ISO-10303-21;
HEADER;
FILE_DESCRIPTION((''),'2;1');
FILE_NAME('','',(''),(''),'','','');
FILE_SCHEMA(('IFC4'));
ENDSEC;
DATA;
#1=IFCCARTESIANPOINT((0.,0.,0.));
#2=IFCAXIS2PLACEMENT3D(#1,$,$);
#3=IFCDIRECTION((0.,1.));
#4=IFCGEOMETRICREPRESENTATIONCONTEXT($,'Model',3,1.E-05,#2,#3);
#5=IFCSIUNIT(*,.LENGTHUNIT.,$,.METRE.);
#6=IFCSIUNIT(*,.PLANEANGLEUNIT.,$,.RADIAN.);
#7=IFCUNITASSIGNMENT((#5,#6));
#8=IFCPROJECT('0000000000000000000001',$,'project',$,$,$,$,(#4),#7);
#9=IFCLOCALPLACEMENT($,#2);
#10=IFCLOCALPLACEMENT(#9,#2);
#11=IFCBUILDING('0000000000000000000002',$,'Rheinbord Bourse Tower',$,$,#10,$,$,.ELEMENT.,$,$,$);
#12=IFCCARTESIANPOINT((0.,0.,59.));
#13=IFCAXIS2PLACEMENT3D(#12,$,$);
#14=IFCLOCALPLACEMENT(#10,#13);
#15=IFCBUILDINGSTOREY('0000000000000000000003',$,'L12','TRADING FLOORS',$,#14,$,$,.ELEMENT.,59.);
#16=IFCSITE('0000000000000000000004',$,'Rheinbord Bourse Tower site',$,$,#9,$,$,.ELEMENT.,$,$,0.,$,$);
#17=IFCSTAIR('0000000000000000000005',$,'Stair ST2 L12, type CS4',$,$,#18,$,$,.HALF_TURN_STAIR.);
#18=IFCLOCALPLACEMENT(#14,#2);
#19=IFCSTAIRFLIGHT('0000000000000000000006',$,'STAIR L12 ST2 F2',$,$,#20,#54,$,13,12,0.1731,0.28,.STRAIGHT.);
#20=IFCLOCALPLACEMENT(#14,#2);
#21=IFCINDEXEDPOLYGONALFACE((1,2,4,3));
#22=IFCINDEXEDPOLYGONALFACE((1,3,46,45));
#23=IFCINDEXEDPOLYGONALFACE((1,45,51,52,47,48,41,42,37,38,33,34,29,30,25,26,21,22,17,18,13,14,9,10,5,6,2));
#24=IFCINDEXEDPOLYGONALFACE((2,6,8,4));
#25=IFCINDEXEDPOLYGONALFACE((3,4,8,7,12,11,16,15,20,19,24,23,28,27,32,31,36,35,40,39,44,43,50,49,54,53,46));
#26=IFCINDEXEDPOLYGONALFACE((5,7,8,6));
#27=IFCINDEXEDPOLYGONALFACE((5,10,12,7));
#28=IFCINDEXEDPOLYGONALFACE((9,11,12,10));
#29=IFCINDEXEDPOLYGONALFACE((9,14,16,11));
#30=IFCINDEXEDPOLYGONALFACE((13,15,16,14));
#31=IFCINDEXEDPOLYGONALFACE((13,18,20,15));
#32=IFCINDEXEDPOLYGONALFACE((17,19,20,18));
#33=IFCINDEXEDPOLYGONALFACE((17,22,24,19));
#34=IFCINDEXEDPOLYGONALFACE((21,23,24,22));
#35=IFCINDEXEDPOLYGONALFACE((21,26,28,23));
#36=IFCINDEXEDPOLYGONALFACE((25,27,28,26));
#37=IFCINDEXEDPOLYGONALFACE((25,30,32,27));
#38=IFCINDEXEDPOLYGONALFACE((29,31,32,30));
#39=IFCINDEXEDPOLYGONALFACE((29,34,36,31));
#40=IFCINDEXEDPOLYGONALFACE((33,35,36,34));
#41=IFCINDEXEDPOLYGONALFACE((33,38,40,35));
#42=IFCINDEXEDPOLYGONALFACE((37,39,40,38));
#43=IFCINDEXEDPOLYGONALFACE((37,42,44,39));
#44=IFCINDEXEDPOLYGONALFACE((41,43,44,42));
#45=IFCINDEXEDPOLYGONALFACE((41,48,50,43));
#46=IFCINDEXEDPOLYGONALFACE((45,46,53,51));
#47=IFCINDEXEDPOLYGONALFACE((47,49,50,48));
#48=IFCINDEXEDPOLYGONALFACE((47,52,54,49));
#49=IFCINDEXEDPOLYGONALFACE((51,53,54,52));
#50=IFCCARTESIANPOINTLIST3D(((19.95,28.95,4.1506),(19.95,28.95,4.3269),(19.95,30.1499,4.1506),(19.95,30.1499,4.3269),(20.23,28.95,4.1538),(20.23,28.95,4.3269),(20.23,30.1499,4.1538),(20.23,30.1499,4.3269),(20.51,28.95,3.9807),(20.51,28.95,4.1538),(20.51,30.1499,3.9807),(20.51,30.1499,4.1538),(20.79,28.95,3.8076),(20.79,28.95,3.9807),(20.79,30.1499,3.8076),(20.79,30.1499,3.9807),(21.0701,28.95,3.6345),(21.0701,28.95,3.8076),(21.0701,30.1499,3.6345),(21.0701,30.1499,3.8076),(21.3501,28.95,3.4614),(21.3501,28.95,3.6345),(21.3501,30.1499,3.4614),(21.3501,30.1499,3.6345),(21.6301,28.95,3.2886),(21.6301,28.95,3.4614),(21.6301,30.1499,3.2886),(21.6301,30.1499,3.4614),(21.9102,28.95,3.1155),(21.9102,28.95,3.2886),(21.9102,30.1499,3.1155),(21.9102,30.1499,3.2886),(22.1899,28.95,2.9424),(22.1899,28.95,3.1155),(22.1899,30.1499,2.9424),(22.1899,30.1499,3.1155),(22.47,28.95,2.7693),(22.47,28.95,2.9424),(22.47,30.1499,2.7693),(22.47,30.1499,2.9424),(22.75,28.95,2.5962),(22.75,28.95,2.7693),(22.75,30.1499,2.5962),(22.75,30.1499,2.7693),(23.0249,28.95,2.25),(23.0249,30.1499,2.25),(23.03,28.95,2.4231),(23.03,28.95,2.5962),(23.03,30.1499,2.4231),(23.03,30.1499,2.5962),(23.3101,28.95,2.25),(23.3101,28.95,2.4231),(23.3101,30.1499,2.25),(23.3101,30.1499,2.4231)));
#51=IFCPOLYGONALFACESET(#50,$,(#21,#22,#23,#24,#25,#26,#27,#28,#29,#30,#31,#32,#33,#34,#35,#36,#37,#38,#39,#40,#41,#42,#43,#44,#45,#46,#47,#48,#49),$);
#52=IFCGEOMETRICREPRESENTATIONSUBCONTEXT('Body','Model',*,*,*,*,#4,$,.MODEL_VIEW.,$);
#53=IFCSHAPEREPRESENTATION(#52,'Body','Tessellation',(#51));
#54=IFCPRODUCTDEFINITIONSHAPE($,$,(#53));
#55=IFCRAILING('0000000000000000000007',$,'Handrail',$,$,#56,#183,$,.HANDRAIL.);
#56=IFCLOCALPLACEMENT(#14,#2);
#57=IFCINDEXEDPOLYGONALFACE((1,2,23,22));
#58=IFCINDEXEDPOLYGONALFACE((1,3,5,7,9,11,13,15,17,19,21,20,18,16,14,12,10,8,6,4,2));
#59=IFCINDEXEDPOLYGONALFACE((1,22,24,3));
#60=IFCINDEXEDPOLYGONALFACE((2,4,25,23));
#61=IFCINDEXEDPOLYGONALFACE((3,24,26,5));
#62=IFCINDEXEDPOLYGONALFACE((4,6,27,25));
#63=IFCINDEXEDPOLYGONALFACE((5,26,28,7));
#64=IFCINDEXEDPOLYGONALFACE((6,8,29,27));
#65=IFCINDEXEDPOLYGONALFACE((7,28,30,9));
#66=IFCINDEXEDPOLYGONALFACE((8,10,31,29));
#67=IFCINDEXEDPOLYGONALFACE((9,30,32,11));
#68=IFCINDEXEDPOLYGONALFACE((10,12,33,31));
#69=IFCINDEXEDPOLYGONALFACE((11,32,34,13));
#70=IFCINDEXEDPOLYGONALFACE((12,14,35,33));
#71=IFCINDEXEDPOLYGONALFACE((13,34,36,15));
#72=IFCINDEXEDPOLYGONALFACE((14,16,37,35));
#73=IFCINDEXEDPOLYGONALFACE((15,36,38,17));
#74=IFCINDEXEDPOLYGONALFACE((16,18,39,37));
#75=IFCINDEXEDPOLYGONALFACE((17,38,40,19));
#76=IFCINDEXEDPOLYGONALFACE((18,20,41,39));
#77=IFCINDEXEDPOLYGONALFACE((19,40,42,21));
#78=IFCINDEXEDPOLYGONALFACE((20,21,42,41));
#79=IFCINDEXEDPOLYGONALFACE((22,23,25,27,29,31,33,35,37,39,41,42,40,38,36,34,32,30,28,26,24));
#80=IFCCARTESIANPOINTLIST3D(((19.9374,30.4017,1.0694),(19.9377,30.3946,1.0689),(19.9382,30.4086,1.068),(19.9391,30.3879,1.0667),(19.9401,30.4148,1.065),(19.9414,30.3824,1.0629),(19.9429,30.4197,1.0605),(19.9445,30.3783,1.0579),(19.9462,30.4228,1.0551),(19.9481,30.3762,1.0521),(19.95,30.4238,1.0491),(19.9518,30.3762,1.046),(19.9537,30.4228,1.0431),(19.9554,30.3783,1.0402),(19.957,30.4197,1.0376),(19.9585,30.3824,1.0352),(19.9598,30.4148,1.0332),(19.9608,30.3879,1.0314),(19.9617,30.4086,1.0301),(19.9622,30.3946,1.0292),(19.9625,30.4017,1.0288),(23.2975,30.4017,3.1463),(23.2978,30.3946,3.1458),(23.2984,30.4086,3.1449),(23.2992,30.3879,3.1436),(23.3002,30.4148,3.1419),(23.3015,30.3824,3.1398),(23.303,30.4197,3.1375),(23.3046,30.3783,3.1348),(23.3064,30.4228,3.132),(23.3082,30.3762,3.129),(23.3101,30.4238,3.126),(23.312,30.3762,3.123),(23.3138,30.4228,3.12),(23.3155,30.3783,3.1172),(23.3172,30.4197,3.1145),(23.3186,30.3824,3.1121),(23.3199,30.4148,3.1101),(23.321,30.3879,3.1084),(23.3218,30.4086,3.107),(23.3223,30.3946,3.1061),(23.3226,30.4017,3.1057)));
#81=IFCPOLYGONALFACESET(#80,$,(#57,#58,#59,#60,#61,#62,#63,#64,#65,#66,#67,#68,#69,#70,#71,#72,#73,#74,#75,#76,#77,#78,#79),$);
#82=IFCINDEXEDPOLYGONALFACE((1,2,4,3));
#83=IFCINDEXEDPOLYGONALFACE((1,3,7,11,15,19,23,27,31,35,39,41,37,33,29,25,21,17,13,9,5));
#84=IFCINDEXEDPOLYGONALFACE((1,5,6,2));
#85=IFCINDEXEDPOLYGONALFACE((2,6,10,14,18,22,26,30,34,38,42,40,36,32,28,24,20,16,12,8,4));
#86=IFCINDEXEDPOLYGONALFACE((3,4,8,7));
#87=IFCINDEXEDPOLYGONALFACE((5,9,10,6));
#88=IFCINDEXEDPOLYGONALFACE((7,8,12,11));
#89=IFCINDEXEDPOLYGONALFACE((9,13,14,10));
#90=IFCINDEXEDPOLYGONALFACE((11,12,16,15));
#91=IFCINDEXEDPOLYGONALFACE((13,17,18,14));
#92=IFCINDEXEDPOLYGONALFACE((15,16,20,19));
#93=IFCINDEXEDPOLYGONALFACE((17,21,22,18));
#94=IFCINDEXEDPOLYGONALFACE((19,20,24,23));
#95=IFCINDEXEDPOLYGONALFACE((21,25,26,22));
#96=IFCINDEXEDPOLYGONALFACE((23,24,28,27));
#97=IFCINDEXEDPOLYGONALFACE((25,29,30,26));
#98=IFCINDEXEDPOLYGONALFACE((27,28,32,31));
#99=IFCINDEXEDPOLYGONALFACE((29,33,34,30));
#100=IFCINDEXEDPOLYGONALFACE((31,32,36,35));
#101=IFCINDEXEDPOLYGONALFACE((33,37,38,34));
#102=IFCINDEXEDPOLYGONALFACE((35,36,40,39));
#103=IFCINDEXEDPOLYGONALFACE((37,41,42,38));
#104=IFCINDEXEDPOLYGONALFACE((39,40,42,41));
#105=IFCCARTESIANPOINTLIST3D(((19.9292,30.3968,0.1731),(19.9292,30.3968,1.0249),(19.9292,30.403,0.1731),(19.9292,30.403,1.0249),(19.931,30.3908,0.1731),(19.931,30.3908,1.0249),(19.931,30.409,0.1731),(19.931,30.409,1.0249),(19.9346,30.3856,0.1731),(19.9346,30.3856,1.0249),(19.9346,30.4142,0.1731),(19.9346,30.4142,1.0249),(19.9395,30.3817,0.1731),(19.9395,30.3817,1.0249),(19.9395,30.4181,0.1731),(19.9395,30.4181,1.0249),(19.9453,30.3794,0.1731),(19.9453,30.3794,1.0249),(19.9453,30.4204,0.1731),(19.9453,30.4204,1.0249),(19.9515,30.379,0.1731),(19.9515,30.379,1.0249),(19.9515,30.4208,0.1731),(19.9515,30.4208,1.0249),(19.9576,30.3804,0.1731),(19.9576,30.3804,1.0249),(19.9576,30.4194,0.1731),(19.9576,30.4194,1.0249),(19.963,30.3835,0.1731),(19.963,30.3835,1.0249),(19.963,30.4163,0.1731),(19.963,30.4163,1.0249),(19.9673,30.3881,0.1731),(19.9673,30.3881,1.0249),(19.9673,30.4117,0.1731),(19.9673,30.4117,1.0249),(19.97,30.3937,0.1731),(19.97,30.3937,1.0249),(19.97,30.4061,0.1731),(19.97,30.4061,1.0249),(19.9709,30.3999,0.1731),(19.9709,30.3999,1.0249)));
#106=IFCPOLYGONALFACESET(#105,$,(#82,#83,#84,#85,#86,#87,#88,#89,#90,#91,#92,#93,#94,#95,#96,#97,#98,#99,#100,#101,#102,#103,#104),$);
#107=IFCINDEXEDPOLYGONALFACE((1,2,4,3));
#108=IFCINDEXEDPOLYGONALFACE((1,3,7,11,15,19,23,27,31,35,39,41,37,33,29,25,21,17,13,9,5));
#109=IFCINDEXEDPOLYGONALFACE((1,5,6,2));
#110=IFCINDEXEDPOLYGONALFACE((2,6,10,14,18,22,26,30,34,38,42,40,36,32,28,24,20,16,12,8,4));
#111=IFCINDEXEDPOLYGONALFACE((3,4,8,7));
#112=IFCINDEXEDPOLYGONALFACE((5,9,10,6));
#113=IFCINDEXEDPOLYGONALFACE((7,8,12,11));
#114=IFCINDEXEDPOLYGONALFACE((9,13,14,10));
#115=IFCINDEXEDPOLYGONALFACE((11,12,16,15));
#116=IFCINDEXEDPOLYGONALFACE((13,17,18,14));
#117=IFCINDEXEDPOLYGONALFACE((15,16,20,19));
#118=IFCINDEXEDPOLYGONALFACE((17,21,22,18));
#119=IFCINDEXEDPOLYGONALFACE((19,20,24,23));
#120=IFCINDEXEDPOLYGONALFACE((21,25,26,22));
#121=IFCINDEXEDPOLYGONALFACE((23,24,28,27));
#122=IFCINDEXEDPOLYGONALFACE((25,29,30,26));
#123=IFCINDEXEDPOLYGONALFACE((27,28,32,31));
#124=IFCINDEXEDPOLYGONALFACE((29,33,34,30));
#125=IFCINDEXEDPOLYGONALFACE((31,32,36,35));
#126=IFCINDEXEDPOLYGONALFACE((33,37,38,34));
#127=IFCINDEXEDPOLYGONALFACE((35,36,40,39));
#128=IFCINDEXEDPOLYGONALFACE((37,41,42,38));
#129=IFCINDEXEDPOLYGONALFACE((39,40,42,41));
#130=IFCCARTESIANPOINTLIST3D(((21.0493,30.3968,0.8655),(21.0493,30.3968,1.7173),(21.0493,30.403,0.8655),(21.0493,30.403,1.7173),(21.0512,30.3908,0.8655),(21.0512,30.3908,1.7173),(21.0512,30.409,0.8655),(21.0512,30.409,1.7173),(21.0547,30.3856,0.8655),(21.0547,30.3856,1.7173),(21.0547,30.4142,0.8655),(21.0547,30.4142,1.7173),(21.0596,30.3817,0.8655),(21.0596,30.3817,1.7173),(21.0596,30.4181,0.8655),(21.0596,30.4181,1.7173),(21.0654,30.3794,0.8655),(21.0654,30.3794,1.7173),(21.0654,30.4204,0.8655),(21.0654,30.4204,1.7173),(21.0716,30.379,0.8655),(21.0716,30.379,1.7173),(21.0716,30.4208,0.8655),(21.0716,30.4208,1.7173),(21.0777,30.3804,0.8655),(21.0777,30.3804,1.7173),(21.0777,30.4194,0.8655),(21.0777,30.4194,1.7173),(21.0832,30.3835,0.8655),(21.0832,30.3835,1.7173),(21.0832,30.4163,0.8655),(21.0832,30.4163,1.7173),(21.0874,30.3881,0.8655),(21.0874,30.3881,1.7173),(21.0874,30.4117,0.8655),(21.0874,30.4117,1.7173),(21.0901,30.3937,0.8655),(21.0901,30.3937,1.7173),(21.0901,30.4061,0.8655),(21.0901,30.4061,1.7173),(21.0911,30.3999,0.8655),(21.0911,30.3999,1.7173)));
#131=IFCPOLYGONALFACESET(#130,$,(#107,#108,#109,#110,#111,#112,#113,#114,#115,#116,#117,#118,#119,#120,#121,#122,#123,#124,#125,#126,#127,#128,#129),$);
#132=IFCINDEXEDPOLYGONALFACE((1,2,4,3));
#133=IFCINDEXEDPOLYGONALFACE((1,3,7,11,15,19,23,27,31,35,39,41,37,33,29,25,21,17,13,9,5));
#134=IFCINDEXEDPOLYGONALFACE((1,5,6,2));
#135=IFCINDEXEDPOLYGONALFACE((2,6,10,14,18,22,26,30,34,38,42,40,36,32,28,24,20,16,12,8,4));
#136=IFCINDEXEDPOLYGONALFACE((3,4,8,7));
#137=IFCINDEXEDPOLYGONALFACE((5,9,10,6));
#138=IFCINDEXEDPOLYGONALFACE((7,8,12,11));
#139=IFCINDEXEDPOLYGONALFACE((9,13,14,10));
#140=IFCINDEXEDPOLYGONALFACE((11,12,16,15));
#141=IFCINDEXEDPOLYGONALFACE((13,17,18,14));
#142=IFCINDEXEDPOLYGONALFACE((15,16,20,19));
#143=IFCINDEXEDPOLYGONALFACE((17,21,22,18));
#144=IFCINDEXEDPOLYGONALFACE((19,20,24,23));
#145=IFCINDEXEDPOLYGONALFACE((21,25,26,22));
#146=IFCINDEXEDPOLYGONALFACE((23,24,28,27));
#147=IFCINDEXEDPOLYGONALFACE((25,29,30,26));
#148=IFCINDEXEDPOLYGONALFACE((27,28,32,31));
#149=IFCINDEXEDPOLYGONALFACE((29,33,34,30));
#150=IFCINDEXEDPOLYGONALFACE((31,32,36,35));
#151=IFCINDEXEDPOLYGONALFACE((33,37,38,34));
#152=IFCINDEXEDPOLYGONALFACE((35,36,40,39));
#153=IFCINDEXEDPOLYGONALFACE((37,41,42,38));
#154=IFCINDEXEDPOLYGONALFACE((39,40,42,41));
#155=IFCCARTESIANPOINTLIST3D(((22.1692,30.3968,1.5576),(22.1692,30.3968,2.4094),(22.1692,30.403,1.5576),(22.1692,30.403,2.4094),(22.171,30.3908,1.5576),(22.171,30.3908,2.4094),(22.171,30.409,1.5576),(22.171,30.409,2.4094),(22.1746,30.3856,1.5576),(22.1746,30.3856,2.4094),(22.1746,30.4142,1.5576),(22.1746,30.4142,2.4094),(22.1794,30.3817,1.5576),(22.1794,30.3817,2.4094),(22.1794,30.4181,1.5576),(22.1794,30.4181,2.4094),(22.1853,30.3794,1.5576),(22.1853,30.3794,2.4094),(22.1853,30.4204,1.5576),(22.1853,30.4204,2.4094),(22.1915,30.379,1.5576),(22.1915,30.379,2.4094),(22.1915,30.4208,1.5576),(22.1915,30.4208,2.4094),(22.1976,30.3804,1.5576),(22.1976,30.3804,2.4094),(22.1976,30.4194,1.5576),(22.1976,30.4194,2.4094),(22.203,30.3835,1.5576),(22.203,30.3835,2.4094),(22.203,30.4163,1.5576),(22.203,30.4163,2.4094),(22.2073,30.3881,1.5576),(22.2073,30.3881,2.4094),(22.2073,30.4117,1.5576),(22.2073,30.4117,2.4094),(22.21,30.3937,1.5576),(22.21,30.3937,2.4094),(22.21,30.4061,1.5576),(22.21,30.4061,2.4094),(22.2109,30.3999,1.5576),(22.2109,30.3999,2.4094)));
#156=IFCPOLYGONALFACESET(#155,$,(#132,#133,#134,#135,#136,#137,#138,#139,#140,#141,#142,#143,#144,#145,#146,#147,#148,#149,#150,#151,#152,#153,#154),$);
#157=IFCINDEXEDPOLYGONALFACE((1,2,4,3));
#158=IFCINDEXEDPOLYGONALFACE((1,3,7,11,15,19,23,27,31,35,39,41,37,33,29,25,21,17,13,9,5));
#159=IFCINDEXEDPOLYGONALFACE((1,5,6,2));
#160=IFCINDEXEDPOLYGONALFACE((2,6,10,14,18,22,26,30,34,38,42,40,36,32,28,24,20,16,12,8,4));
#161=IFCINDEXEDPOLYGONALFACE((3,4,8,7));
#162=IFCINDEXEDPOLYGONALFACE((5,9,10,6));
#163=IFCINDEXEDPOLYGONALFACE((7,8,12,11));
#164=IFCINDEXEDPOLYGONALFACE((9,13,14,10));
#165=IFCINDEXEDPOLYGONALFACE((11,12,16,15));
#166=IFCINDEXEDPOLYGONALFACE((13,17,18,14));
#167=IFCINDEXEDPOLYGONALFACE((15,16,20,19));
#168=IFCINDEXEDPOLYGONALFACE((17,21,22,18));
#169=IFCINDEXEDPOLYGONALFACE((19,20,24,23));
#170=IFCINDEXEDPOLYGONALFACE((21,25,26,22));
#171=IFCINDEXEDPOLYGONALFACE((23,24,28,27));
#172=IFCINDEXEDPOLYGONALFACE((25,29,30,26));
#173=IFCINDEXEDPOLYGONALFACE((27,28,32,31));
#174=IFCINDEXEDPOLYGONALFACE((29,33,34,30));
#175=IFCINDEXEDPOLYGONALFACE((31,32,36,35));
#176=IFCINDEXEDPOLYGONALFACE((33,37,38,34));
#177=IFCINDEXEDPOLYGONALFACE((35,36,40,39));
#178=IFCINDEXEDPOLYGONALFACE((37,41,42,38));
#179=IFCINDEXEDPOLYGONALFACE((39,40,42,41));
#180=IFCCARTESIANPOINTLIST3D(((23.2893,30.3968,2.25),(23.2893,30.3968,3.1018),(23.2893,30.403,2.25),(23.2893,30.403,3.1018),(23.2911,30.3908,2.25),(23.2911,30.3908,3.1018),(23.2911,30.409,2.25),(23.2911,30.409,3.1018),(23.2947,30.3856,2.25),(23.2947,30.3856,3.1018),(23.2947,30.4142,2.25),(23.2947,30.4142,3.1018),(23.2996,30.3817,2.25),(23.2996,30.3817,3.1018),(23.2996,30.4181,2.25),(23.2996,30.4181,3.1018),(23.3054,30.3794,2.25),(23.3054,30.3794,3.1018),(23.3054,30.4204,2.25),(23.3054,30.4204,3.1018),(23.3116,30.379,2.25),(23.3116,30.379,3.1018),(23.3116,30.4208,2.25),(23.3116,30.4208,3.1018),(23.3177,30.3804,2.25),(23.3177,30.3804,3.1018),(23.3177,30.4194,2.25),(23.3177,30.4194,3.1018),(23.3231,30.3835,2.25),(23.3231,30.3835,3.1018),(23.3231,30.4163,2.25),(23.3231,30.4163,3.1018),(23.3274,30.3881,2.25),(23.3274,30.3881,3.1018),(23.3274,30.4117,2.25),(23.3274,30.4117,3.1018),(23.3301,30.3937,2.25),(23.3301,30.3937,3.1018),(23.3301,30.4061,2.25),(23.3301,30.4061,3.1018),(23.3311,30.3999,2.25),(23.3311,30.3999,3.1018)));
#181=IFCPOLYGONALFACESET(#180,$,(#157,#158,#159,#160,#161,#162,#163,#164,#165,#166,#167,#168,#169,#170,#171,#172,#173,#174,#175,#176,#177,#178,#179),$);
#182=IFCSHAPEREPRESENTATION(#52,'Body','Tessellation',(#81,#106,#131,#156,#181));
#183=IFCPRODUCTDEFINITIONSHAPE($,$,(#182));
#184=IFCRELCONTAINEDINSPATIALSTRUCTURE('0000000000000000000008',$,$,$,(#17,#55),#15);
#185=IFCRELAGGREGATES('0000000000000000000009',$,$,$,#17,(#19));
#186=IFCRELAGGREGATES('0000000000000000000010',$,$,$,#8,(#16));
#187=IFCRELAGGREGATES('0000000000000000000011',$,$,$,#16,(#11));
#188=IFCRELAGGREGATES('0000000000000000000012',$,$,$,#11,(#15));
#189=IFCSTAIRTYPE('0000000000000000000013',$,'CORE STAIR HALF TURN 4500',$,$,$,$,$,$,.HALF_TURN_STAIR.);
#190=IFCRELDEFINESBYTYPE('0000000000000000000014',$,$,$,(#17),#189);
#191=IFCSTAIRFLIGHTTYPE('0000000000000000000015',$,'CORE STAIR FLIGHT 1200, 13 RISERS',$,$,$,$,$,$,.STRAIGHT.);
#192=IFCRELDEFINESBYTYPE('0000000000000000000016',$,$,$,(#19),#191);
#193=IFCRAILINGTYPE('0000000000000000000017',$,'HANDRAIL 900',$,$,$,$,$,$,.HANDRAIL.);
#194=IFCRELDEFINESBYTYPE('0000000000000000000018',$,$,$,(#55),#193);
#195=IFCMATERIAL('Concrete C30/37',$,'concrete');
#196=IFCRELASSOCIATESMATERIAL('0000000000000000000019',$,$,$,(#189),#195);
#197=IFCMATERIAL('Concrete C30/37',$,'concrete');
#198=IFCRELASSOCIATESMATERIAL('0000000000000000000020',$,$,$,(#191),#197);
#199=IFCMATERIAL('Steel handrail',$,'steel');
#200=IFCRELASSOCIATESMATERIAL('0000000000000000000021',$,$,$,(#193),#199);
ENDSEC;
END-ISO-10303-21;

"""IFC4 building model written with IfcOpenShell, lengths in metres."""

from ifc_helpers import new_model, si_unit, direction, frame, origin, origin_2d, place, context, subcontext, project, spatial, polyline, circle, outline, extrude, material, type_object, element, aggregate, save


model = new_model("IFC4")

# Units and contexts
model_context = context("Model", 3, precision=1e-05, world=origin(), true_north=direction((0.0, 1.0)))
body_context = subcontext(model_context, "Body", "Model", "MODEL_VIEW")
ifc_project = project(units=[si_unit("LENGTHUNIT", "METRE"), si_unit("PLANEANGLEUNIT", "RADIAN")], contexts=[model_context])

# Site, building, storey
site_placement = place(None, origin())
site = spatial("IfcSite", under=ifc_project, at=site_placement, Name="Rheinbord Bourse Tower site", CompositionType="ELEMENT", RefElevation=0.0)
building_placement = place(site_placement, origin())
building = spatial("IfcBuilding", under=site, at=building_placement, Name="Rheinbord Bourse Tower", CompositionType="ELEMENT")
storey_placement = place(building_placement, frame((0.0, 0.0, 59.0)))
storey = spatial("IfcBuildingStorey", under=building, at=storey_placement, Name="L12", Description="TRADING FLOORS", CompositionType="ELEMENT", Elevation=59.0)

# Stair, stair flight
ifc_material_1 = material(Name="Concrete C30/37", Category="concrete")
stair_type = type_object("IfcStairType", Name="CORE STAIR HALF TURN 4500", PredefinedType="HALF_TURN_STAIR", material=ifc_material_1)
stair_placement = place(storey_placement, origin())
stair = element("IfcStair", 1, at=stair_placement, inside=storey, type_object=stair_type, Name="Stair ST2 L12, type CS4", PredefinedType="HALF_TURN_STAIR")
ifc_material_2 = material(Name="Concrete C30/37", Category="concrete")
stair_flight_type = type_object("IfcStairFlightType", Name="CORE STAIR FLIGHT 1200, 13 RISERS", PredefinedType="STRAIGHT", material=ifc_material_2)
stair_flight_1_placement = place(storey_placement, frame((23.3101, 29.55, 2.25), z_axis=(0.0, 0.0, 1.0), x_axis=(-1.0, 0.0, 0.0)))
stair_flight_1 = element("IfcStairFlight", 2, at=stair_flight_1_placement, type_object=stair_flight_type, Name="STAIR L12 ST2 F2", NumberOfRisers=13, NumberOfTreads=12, PredefinedType="STRAIGHT", RiserHeight=0.1731, TreadLength=0.28, context=body_context, shape_type="SweptSolid", body=[
    extrude(outline(polyline([(0.0, 0.0), (0.0, 0.1731), (0.28, 0.1731), (0.28, 0.3462), (0.5601, 0.3462), (0.5601, 0.5193), (0.8401, 0.5193), (0.8401, 0.6924), (1.1201, 0.6924), (1.1201, 0.8655), (1.3999, 0.8655), (1.3999, 1.0386), (1.6799, 1.0386), (1.6799, 1.2114), (1.96, 1.2114), (1.96, 1.3845), (2.24, 1.3845), (2.24, 1.5576), (2.52, 1.5576), (2.52, 1.7307), (2.8, 1.7307), (2.8, 1.9038), (3.0801, 1.9038), (3.0801, 2.0769), (3.3601, 2.0769), (3.3601, 2.25), (3.3601, 1.9006), (0.2852, 0.0), (0.0, 0.0)])), frame((0.0, 0.6001, 0.0), z_axis=(0.0, -1.0, 0.0), x_axis=(1.0, 0.0, 0.0)), (0.0, 0.0, 1.0), 1.2),
])
aggregate(stair, [stair_flight_1])

# Railing
ifc_material_3 = material(Name="Steel handrail", Category="steel")
railing_type = type_object("IfcRailingType", Name="HANDRAIL 900", PredefinedType="HANDRAIL", material=ifc_material_3)
railing_1_placement = place(storey_placement, frame((19.95, 30.3999, 0.1731)))
element("IfcRailing", 3, at=railing_1_placement, inside=storey, type_object=railing_type, Name="Handrail", PredefinedType="HANDRAIL", context=body_context, shape_type="SweptSolid", body=[
    extrude(circle(Radius=0.0239, at=origin_2d()), frame((0.0, 0.0, 0.876), z_axis=(0.850623, 0.0, 0.525776), x_axis=(0.0, 1.0, 0.0)), (0.0, 0.0, 1.0), 3.9502),
    extrude(circle(Radius=0.021, at=origin_2d()), origin(), (0.0, 0.0, 1.0), 0.8518),
    extrude(circle(Radius=0.021, at=origin_2d()), frame((1.1201, 0.0, 0.6924)), (0.0, 0.0, 1.0), 0.8518),
    extrude(circle(Radius=0.021, at=origin_2d()), frame((2.24, 0.0, 1.3845)), (0.0, 0.0, 1.0), 0.8518),
    extrude(circle(Radius=0.021, at=origin_2d()), frame((3.3601, 0.0, 2.0769)), (0.0, 0.0, 1.0), 0.8518),
])

save(model, "model.ifc")
